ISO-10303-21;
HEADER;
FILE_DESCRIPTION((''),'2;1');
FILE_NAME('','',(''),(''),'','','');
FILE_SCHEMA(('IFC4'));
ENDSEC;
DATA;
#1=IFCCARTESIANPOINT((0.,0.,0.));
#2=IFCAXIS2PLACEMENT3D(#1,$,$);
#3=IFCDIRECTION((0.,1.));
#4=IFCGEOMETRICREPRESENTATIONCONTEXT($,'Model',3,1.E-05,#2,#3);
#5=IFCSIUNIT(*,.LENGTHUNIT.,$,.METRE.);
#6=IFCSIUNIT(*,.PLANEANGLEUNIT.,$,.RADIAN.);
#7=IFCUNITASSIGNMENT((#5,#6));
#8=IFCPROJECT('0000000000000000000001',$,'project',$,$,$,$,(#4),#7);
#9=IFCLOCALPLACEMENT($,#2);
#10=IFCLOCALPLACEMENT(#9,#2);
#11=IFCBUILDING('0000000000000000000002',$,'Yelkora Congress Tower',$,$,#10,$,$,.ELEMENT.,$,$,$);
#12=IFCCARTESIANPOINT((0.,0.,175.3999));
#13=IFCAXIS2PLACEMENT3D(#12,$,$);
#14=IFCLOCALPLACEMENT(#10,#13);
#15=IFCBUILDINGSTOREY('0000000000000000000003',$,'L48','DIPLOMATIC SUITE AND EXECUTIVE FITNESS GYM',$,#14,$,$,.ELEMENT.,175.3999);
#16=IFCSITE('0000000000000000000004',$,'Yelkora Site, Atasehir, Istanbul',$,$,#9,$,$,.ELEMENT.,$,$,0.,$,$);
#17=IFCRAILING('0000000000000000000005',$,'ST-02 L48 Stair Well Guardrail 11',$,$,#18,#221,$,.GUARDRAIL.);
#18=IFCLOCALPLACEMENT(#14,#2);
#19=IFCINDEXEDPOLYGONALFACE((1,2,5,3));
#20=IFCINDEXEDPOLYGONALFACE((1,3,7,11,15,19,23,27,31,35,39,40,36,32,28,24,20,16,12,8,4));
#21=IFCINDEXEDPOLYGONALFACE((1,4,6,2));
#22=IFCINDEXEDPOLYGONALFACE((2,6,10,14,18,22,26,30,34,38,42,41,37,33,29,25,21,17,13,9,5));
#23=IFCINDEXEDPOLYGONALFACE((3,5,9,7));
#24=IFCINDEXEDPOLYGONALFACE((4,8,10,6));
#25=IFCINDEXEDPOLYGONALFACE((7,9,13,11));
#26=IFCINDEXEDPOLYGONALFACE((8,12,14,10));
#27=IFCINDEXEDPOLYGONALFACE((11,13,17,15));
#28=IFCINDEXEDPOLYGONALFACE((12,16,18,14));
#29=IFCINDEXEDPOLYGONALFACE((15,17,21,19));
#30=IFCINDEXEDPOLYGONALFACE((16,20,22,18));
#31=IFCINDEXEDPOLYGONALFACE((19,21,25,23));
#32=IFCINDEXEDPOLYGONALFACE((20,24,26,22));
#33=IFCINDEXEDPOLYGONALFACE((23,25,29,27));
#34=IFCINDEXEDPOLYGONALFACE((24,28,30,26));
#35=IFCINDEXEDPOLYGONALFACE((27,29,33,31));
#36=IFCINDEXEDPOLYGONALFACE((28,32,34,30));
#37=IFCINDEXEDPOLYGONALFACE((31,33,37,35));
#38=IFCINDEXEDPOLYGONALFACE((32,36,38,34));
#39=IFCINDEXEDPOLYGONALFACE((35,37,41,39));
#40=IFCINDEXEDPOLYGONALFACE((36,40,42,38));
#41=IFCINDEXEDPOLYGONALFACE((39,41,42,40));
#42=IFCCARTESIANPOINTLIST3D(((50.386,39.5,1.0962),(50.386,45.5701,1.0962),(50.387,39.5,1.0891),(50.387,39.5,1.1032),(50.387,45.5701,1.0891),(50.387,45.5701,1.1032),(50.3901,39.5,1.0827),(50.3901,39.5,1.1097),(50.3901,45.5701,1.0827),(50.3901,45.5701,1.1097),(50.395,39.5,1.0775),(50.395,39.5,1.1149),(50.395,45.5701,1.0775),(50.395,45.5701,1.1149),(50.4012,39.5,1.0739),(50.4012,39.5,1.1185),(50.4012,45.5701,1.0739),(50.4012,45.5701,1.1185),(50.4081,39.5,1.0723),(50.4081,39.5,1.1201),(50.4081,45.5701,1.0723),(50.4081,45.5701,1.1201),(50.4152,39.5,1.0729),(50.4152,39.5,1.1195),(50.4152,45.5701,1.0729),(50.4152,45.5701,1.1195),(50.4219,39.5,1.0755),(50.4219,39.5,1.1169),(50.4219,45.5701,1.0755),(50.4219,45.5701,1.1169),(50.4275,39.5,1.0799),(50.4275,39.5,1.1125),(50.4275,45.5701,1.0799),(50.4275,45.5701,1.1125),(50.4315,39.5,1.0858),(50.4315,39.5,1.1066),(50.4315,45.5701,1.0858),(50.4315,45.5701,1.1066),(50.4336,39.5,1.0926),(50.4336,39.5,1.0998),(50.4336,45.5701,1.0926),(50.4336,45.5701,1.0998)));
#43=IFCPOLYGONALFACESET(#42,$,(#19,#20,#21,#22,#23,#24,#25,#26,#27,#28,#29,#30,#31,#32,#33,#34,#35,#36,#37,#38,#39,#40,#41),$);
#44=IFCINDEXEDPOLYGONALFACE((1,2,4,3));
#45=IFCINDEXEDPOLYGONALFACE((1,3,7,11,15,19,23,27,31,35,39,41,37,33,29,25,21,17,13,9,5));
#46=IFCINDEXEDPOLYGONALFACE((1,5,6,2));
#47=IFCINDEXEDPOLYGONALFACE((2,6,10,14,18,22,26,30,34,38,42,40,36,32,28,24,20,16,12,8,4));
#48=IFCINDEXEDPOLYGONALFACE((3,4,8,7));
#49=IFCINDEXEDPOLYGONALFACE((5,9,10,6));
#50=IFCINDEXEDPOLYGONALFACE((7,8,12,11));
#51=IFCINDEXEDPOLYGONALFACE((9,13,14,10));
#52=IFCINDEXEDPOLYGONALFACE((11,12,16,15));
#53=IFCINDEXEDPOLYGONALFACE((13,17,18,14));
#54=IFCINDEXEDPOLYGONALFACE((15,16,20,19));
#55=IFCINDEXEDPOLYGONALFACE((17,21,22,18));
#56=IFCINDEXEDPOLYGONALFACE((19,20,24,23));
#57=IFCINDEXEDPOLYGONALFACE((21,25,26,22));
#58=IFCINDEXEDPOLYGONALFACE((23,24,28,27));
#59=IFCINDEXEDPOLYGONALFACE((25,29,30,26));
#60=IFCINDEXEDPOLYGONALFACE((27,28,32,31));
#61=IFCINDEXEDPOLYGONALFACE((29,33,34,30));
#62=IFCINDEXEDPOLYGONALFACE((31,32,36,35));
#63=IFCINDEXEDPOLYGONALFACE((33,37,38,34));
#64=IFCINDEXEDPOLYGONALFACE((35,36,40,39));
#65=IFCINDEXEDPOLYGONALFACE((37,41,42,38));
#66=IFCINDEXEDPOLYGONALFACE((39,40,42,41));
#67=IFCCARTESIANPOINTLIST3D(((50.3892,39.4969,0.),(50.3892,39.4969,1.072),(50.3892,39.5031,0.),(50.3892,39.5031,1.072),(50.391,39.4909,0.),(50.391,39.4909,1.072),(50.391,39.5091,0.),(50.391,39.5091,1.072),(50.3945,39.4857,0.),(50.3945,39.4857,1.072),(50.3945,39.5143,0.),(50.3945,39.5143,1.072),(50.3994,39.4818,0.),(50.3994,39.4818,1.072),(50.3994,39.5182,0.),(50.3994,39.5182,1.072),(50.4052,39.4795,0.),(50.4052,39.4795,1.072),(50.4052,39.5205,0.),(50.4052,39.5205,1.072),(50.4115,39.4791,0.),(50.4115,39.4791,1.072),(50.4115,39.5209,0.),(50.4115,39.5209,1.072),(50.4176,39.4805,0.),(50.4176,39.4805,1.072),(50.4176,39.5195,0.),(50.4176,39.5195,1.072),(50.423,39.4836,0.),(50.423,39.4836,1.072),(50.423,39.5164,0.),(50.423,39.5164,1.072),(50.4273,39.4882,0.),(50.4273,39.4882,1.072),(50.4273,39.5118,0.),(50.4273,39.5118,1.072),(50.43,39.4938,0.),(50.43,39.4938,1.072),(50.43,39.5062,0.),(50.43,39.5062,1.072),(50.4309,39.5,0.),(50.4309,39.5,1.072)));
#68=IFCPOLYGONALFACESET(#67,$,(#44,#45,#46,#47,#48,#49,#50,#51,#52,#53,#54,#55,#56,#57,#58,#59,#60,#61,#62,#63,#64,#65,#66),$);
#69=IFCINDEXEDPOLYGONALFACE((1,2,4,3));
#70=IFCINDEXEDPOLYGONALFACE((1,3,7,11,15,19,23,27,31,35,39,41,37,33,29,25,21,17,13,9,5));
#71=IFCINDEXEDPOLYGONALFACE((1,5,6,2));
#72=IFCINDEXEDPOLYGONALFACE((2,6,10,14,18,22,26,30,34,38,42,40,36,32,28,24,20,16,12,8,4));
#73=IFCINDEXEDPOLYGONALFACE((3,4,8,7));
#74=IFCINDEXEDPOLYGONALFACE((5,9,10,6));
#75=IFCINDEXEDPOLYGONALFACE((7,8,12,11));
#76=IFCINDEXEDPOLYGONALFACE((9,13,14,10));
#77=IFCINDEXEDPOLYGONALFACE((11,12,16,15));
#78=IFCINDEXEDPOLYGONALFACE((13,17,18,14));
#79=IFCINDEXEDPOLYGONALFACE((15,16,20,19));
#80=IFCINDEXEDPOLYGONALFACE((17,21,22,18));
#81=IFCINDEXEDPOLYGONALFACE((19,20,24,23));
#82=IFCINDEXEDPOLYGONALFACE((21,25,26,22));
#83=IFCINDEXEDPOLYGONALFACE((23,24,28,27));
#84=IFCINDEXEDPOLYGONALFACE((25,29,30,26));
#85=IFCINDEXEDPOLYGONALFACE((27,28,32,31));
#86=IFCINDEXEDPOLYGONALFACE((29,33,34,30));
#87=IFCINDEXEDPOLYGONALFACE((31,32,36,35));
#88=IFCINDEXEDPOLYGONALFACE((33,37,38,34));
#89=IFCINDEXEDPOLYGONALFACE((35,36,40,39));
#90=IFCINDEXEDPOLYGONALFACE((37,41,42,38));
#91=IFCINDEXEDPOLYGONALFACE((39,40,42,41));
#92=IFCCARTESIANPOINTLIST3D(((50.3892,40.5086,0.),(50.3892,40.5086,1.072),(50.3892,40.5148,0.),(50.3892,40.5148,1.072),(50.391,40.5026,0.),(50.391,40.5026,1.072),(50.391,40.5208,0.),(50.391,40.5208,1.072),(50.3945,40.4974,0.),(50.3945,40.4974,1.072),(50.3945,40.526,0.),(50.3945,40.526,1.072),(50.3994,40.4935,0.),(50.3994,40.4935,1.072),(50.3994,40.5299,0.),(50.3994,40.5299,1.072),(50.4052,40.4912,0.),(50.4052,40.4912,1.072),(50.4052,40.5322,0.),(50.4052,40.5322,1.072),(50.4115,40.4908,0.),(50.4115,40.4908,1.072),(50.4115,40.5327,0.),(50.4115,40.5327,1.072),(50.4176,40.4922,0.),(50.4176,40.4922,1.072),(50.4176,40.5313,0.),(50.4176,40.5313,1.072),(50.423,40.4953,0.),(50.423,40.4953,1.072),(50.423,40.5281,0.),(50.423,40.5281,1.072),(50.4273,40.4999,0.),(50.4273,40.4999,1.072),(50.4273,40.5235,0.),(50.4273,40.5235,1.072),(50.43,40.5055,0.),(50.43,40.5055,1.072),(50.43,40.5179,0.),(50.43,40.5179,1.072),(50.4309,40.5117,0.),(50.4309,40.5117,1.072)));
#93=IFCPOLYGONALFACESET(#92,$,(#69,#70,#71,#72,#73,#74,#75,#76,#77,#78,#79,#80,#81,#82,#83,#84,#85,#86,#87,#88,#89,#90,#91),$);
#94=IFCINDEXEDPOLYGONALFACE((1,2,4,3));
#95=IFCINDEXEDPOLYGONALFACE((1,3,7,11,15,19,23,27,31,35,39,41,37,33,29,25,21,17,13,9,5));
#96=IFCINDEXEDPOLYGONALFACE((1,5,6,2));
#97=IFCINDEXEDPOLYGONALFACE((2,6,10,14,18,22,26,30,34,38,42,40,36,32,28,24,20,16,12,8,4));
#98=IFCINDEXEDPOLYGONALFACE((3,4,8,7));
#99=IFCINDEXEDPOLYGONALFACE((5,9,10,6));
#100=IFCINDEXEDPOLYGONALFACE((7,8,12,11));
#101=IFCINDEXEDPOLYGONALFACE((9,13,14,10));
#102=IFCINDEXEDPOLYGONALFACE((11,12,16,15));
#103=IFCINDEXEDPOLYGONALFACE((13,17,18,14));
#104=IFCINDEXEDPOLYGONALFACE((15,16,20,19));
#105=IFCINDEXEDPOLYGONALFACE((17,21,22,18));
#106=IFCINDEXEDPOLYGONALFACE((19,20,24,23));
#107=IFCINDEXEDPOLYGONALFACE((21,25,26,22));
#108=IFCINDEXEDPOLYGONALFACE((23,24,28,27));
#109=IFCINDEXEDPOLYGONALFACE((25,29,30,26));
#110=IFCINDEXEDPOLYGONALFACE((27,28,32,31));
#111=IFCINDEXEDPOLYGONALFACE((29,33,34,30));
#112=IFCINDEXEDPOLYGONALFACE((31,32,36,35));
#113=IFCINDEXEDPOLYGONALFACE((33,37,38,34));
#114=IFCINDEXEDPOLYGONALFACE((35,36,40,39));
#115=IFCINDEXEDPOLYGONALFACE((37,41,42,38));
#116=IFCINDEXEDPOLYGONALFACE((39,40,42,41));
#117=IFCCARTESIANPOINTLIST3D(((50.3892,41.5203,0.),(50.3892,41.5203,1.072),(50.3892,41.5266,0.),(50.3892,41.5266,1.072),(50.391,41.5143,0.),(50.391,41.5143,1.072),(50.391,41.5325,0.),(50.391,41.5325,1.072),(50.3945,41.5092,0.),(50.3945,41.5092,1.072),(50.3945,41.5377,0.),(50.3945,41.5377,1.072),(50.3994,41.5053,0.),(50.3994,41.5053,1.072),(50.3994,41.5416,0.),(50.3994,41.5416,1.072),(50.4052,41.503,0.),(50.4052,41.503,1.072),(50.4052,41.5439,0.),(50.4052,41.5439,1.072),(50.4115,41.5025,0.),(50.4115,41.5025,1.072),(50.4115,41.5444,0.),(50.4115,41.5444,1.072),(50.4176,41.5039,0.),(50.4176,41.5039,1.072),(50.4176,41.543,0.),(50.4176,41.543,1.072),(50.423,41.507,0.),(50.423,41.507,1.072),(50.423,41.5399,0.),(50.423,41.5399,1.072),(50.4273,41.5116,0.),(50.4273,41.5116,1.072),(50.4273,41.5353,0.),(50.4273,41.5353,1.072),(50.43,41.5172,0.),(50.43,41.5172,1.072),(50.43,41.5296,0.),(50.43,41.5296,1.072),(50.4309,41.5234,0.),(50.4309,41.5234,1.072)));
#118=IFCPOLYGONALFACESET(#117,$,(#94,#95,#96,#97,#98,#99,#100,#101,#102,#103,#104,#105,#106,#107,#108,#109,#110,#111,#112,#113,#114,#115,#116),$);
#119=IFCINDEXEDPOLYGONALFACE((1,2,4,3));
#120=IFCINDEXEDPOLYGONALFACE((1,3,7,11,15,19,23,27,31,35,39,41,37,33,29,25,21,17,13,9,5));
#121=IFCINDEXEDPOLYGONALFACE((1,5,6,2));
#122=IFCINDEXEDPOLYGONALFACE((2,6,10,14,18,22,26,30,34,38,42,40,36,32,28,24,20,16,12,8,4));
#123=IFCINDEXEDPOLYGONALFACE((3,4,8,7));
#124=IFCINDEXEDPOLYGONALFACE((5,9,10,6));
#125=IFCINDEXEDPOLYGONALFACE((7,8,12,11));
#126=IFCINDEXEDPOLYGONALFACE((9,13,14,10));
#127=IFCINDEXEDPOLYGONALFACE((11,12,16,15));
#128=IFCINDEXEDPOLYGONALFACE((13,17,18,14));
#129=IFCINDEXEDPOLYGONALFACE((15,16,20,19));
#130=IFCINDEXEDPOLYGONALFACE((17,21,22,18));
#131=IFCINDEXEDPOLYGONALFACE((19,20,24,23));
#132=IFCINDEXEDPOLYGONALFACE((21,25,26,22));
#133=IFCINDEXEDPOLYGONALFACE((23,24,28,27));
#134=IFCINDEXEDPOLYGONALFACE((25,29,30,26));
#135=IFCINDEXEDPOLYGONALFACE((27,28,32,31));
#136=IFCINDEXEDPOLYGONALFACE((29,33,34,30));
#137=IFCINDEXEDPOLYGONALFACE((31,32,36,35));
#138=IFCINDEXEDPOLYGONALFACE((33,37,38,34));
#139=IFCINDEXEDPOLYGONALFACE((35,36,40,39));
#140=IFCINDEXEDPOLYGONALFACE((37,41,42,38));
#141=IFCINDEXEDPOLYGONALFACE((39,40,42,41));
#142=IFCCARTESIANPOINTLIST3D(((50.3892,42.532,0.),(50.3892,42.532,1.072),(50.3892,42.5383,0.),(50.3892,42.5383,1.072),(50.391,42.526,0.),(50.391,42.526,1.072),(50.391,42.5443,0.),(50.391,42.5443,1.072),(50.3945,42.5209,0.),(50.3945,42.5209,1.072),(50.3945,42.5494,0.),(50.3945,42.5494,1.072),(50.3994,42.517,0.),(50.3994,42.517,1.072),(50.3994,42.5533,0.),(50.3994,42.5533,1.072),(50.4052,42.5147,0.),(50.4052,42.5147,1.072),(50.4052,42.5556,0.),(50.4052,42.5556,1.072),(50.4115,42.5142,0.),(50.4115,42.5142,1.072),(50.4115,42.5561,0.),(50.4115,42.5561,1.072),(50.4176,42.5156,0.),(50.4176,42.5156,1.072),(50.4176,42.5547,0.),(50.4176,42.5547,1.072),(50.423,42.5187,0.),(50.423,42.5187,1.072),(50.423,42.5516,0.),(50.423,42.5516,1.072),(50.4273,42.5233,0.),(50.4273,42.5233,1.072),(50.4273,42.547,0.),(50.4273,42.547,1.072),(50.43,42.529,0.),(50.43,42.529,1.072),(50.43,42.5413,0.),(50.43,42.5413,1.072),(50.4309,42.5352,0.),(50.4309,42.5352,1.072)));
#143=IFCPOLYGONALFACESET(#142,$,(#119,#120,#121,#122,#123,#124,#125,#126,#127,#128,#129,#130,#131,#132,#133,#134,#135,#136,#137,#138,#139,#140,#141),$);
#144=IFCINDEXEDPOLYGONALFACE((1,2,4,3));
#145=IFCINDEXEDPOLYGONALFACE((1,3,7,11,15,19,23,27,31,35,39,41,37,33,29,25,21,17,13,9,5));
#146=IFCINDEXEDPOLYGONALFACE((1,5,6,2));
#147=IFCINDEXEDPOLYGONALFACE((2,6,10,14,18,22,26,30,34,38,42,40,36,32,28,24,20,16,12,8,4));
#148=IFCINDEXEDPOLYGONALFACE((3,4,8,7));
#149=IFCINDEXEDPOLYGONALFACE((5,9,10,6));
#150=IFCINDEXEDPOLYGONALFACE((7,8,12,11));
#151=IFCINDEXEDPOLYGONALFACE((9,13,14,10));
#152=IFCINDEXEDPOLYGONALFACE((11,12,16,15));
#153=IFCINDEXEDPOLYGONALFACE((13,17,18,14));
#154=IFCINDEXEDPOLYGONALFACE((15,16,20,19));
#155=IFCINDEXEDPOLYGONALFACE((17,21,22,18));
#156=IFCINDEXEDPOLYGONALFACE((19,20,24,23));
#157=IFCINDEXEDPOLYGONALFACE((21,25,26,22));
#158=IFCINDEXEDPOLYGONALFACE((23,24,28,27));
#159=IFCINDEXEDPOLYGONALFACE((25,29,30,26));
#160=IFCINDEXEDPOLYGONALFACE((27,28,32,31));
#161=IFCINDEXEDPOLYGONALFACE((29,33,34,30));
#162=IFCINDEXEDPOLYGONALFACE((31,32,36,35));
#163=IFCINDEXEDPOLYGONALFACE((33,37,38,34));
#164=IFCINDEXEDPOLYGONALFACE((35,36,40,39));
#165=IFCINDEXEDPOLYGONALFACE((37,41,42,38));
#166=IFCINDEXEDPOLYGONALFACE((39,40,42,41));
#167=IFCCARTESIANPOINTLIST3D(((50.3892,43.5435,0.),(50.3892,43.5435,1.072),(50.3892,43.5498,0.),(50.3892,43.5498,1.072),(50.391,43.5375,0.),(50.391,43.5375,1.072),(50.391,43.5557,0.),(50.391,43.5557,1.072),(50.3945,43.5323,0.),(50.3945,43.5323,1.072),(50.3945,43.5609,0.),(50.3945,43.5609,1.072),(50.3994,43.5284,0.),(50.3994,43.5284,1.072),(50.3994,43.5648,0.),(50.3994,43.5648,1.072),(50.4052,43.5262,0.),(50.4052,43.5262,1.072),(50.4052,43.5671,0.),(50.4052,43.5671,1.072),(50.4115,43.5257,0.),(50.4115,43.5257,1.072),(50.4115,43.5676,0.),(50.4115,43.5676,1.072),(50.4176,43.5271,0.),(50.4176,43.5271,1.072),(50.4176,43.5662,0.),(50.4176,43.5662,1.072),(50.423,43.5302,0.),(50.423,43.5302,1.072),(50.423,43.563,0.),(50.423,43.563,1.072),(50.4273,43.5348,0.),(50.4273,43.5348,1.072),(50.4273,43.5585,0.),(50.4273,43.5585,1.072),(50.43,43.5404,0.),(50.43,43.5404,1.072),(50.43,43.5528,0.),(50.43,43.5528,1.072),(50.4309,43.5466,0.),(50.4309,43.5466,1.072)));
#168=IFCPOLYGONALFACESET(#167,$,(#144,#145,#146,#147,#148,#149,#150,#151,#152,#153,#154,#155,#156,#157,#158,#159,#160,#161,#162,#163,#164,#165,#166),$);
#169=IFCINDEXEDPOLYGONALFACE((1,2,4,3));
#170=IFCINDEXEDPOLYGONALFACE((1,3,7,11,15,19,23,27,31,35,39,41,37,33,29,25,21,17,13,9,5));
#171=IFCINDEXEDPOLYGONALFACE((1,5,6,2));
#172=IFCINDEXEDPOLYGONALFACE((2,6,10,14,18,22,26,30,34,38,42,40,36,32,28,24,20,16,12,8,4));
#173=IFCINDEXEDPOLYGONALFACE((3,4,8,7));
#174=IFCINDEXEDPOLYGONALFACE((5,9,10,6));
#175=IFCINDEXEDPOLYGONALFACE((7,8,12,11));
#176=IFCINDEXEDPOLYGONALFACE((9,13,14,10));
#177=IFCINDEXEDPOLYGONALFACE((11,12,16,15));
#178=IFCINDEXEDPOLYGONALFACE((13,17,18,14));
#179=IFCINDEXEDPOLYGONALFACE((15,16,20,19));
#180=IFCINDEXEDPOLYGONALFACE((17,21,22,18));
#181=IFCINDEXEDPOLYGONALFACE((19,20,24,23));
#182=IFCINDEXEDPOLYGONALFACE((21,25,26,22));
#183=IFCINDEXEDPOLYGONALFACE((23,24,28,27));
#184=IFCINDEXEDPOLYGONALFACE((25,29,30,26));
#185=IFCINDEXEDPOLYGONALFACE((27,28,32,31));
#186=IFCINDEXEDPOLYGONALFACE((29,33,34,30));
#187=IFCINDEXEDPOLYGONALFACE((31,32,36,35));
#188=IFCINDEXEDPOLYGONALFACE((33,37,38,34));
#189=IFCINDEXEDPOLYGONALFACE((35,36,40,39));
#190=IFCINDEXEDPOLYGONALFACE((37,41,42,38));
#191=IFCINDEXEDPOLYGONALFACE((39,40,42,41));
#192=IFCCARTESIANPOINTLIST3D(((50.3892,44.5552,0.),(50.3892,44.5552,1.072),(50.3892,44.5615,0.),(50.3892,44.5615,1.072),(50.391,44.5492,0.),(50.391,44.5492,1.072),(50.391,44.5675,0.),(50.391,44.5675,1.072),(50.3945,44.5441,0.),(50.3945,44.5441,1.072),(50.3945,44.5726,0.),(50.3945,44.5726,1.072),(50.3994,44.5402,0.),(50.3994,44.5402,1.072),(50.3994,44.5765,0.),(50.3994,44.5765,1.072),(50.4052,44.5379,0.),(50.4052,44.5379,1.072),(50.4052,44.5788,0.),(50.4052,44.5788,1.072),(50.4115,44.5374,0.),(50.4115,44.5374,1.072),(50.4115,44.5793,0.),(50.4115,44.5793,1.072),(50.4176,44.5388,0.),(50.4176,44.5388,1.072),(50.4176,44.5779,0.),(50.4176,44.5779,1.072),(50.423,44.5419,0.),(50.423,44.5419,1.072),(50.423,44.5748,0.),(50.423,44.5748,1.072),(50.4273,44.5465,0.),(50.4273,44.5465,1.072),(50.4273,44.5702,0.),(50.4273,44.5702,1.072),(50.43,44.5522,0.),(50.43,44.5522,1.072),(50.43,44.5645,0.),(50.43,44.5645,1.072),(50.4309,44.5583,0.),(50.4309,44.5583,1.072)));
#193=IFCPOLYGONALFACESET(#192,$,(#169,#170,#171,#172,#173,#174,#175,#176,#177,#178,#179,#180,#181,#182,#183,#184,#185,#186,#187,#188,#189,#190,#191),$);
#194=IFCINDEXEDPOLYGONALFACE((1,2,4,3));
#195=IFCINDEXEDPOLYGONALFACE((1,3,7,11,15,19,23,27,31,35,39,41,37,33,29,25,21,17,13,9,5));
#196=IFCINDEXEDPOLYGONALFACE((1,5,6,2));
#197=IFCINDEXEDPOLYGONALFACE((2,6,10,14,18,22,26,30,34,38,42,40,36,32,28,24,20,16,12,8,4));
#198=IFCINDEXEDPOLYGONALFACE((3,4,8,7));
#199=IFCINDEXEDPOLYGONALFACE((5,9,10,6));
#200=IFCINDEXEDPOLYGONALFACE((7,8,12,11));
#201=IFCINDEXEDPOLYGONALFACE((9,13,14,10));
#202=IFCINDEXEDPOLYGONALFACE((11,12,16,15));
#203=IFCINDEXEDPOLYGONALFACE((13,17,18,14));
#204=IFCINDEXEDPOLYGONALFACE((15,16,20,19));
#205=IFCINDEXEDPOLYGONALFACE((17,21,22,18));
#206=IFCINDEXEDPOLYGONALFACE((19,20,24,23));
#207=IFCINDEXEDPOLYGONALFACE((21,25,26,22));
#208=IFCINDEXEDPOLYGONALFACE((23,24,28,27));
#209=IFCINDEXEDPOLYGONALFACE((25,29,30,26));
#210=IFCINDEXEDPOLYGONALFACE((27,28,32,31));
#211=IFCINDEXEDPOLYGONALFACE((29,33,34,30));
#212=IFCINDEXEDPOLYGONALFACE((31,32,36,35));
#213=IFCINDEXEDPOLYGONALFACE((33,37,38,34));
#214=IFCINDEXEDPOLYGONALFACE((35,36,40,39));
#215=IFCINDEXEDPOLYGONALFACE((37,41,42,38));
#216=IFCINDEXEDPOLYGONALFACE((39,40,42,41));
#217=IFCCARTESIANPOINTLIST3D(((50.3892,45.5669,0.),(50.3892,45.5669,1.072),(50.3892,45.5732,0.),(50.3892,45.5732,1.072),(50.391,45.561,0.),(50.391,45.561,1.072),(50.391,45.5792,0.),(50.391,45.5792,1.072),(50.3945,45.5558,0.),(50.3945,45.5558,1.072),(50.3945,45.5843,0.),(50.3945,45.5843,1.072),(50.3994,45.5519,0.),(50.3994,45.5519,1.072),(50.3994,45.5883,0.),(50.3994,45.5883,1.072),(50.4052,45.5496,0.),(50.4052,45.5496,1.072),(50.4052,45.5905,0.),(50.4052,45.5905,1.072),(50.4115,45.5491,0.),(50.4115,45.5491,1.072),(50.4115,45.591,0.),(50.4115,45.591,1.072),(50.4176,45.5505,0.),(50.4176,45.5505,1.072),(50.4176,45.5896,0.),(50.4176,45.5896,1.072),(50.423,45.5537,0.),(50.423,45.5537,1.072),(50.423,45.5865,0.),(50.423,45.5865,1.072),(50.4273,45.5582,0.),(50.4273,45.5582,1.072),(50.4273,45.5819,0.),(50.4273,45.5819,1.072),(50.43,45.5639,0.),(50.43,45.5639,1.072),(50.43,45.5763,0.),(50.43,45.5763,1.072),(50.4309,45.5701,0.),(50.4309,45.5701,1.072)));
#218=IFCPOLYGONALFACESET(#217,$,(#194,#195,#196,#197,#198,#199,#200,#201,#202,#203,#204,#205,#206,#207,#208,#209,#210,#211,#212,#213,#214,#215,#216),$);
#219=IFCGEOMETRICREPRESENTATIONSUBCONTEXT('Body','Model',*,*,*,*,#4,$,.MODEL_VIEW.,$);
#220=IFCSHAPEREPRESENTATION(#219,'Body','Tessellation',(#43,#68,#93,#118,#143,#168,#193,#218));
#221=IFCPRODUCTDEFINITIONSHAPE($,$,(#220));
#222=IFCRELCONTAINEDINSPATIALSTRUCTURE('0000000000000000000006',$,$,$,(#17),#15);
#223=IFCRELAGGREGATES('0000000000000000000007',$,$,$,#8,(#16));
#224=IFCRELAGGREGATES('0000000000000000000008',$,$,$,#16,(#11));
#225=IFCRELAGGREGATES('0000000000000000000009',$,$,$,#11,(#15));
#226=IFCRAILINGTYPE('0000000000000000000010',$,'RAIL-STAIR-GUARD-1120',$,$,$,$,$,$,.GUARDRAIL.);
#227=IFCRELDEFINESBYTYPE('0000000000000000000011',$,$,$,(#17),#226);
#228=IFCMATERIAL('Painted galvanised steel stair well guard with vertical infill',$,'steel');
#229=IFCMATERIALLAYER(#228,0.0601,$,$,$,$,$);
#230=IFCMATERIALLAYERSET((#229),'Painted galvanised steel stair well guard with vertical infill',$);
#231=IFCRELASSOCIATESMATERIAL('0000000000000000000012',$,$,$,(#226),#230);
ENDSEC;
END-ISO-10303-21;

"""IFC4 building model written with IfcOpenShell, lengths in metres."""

from ifc_helpers import new_model, si_unit, direction, frame, origin, origin_2d, place, context, subcontext, project, spatial, circle, extrude, material, layer, layer_set, type_object, element, save


model = new_model("IFC4")

# Units and contexts
model_context = context("Model", 3, precision=1e-05, world=origin(), true_north=direction((0.0, 1.0)))
body_context = subcontext(model_context, "Body", "Model", "MODEL_VIEW")
ifc_project = project(units=[si_unit("LENGTHUNIT", "METRE"), si_unit("PLANEANGLEUNIT", "RADIAN")], contexts=[model_context])

# Site, building, storey
site_placement = place(None, origin())
site = spatial("IfcSite", under=ifc_project, at=site_placement, Name="Yelkora Site, Atasehir, Istanbul", CompositionType="ELEMENT", RefElevation=0.0)
building_placement = place(site_placement, origin())
building = spatial("IfcBuilding", under=site, at=building_placement, Name="Yelkora Congress Tower", CompositionType="ELEMENT")
storey_placement = place(building_placement, frame((0.0, 0.0, 175.3999)))
storey = spatial("IfcBuildingStorey", under=building, at=storey_placement, Name="L48", Description="DIPLOMATIC SUITE AND EXECUTIVE FITNESS GYM", CompositionType="ELEMENT", Elevation=175.3999)

# Railing
ifc_material_1 = material(Name="Painted galvanised steel stair well guard with vertical infill", Category="steel")
ifc_layer_1 = layer(ifc_material_1, 0.0601)
ifc_layer_set_1 = layer_set([ifc_layer_1], Name="Painted galvanised steel stair well guard with vertical infill")
railing_type_1 = type_object("IfcRailingType", Name="RAIL-STAIR-GUARD-1120", PredefinedType="GUARDRAIL", material=ifc_layer_set_1)
railing_1_placement = place(storey_placement, frame((50.4099, 39.5, 0.0)))
element("IfcRailing", 1, at=railing_1_placement, inside=storey, type_object=railing_type_1, Name="ST-02 L48 Stair Well Guardrail 11", PredefinedType="GUARDRAIL", context=body_context, shape_type="SweptSolid", body=[
    extrude(circle(Radius=0.0239, at=origin_2d()), frame((0.0, 0.0, 1.0962), z_axis=(0.0, 1.0, 0.0), x_axis=(-1.0, 0.0, 0.0)), (0.0, 0.0, 1.0), 6.0701),
    extrude(circle(Radius=0.021, at=origin_2d()), origin(), (0.0, 0.0, 1.0), 1.072),
    extrude(circle(Radius=0.021, at=origin_2d()), frame((0.0, 1.0117, 0.0)), (0.0, 0.0, 1.0), 1.072),
    extrude(circle(Radius=0.021, at=origin_2d()), frame((0.0, 2.0234, 0.0)), (0.0, 0.0, 1.0), 1.072),
    extrude(circle(Radius=0.021, at=origin_2d()), frame((0.0, 3.0352, 0.0)), (0.0, 0.0, 1.0), 1.072),
    extrude(circle(Radius=0.021, at=origin_2d()), frame((0.0, 4.0466, 0.0)), (0.0, 0.0, 1.0), 1.072),
    extrude(circle(Radius=0.021, at=origin_2d()), frame((0.0, 5.0583, 0.0)), (0.0, 0.0, 1.0), 1.072),
    extrude(circle(Radius=0.021, at=origin_2d()), frame((0.0, 6.0701, 0.0)), (0.0, 0.0, 1.0), 1.072),
])

save(model, "model.ifc")
